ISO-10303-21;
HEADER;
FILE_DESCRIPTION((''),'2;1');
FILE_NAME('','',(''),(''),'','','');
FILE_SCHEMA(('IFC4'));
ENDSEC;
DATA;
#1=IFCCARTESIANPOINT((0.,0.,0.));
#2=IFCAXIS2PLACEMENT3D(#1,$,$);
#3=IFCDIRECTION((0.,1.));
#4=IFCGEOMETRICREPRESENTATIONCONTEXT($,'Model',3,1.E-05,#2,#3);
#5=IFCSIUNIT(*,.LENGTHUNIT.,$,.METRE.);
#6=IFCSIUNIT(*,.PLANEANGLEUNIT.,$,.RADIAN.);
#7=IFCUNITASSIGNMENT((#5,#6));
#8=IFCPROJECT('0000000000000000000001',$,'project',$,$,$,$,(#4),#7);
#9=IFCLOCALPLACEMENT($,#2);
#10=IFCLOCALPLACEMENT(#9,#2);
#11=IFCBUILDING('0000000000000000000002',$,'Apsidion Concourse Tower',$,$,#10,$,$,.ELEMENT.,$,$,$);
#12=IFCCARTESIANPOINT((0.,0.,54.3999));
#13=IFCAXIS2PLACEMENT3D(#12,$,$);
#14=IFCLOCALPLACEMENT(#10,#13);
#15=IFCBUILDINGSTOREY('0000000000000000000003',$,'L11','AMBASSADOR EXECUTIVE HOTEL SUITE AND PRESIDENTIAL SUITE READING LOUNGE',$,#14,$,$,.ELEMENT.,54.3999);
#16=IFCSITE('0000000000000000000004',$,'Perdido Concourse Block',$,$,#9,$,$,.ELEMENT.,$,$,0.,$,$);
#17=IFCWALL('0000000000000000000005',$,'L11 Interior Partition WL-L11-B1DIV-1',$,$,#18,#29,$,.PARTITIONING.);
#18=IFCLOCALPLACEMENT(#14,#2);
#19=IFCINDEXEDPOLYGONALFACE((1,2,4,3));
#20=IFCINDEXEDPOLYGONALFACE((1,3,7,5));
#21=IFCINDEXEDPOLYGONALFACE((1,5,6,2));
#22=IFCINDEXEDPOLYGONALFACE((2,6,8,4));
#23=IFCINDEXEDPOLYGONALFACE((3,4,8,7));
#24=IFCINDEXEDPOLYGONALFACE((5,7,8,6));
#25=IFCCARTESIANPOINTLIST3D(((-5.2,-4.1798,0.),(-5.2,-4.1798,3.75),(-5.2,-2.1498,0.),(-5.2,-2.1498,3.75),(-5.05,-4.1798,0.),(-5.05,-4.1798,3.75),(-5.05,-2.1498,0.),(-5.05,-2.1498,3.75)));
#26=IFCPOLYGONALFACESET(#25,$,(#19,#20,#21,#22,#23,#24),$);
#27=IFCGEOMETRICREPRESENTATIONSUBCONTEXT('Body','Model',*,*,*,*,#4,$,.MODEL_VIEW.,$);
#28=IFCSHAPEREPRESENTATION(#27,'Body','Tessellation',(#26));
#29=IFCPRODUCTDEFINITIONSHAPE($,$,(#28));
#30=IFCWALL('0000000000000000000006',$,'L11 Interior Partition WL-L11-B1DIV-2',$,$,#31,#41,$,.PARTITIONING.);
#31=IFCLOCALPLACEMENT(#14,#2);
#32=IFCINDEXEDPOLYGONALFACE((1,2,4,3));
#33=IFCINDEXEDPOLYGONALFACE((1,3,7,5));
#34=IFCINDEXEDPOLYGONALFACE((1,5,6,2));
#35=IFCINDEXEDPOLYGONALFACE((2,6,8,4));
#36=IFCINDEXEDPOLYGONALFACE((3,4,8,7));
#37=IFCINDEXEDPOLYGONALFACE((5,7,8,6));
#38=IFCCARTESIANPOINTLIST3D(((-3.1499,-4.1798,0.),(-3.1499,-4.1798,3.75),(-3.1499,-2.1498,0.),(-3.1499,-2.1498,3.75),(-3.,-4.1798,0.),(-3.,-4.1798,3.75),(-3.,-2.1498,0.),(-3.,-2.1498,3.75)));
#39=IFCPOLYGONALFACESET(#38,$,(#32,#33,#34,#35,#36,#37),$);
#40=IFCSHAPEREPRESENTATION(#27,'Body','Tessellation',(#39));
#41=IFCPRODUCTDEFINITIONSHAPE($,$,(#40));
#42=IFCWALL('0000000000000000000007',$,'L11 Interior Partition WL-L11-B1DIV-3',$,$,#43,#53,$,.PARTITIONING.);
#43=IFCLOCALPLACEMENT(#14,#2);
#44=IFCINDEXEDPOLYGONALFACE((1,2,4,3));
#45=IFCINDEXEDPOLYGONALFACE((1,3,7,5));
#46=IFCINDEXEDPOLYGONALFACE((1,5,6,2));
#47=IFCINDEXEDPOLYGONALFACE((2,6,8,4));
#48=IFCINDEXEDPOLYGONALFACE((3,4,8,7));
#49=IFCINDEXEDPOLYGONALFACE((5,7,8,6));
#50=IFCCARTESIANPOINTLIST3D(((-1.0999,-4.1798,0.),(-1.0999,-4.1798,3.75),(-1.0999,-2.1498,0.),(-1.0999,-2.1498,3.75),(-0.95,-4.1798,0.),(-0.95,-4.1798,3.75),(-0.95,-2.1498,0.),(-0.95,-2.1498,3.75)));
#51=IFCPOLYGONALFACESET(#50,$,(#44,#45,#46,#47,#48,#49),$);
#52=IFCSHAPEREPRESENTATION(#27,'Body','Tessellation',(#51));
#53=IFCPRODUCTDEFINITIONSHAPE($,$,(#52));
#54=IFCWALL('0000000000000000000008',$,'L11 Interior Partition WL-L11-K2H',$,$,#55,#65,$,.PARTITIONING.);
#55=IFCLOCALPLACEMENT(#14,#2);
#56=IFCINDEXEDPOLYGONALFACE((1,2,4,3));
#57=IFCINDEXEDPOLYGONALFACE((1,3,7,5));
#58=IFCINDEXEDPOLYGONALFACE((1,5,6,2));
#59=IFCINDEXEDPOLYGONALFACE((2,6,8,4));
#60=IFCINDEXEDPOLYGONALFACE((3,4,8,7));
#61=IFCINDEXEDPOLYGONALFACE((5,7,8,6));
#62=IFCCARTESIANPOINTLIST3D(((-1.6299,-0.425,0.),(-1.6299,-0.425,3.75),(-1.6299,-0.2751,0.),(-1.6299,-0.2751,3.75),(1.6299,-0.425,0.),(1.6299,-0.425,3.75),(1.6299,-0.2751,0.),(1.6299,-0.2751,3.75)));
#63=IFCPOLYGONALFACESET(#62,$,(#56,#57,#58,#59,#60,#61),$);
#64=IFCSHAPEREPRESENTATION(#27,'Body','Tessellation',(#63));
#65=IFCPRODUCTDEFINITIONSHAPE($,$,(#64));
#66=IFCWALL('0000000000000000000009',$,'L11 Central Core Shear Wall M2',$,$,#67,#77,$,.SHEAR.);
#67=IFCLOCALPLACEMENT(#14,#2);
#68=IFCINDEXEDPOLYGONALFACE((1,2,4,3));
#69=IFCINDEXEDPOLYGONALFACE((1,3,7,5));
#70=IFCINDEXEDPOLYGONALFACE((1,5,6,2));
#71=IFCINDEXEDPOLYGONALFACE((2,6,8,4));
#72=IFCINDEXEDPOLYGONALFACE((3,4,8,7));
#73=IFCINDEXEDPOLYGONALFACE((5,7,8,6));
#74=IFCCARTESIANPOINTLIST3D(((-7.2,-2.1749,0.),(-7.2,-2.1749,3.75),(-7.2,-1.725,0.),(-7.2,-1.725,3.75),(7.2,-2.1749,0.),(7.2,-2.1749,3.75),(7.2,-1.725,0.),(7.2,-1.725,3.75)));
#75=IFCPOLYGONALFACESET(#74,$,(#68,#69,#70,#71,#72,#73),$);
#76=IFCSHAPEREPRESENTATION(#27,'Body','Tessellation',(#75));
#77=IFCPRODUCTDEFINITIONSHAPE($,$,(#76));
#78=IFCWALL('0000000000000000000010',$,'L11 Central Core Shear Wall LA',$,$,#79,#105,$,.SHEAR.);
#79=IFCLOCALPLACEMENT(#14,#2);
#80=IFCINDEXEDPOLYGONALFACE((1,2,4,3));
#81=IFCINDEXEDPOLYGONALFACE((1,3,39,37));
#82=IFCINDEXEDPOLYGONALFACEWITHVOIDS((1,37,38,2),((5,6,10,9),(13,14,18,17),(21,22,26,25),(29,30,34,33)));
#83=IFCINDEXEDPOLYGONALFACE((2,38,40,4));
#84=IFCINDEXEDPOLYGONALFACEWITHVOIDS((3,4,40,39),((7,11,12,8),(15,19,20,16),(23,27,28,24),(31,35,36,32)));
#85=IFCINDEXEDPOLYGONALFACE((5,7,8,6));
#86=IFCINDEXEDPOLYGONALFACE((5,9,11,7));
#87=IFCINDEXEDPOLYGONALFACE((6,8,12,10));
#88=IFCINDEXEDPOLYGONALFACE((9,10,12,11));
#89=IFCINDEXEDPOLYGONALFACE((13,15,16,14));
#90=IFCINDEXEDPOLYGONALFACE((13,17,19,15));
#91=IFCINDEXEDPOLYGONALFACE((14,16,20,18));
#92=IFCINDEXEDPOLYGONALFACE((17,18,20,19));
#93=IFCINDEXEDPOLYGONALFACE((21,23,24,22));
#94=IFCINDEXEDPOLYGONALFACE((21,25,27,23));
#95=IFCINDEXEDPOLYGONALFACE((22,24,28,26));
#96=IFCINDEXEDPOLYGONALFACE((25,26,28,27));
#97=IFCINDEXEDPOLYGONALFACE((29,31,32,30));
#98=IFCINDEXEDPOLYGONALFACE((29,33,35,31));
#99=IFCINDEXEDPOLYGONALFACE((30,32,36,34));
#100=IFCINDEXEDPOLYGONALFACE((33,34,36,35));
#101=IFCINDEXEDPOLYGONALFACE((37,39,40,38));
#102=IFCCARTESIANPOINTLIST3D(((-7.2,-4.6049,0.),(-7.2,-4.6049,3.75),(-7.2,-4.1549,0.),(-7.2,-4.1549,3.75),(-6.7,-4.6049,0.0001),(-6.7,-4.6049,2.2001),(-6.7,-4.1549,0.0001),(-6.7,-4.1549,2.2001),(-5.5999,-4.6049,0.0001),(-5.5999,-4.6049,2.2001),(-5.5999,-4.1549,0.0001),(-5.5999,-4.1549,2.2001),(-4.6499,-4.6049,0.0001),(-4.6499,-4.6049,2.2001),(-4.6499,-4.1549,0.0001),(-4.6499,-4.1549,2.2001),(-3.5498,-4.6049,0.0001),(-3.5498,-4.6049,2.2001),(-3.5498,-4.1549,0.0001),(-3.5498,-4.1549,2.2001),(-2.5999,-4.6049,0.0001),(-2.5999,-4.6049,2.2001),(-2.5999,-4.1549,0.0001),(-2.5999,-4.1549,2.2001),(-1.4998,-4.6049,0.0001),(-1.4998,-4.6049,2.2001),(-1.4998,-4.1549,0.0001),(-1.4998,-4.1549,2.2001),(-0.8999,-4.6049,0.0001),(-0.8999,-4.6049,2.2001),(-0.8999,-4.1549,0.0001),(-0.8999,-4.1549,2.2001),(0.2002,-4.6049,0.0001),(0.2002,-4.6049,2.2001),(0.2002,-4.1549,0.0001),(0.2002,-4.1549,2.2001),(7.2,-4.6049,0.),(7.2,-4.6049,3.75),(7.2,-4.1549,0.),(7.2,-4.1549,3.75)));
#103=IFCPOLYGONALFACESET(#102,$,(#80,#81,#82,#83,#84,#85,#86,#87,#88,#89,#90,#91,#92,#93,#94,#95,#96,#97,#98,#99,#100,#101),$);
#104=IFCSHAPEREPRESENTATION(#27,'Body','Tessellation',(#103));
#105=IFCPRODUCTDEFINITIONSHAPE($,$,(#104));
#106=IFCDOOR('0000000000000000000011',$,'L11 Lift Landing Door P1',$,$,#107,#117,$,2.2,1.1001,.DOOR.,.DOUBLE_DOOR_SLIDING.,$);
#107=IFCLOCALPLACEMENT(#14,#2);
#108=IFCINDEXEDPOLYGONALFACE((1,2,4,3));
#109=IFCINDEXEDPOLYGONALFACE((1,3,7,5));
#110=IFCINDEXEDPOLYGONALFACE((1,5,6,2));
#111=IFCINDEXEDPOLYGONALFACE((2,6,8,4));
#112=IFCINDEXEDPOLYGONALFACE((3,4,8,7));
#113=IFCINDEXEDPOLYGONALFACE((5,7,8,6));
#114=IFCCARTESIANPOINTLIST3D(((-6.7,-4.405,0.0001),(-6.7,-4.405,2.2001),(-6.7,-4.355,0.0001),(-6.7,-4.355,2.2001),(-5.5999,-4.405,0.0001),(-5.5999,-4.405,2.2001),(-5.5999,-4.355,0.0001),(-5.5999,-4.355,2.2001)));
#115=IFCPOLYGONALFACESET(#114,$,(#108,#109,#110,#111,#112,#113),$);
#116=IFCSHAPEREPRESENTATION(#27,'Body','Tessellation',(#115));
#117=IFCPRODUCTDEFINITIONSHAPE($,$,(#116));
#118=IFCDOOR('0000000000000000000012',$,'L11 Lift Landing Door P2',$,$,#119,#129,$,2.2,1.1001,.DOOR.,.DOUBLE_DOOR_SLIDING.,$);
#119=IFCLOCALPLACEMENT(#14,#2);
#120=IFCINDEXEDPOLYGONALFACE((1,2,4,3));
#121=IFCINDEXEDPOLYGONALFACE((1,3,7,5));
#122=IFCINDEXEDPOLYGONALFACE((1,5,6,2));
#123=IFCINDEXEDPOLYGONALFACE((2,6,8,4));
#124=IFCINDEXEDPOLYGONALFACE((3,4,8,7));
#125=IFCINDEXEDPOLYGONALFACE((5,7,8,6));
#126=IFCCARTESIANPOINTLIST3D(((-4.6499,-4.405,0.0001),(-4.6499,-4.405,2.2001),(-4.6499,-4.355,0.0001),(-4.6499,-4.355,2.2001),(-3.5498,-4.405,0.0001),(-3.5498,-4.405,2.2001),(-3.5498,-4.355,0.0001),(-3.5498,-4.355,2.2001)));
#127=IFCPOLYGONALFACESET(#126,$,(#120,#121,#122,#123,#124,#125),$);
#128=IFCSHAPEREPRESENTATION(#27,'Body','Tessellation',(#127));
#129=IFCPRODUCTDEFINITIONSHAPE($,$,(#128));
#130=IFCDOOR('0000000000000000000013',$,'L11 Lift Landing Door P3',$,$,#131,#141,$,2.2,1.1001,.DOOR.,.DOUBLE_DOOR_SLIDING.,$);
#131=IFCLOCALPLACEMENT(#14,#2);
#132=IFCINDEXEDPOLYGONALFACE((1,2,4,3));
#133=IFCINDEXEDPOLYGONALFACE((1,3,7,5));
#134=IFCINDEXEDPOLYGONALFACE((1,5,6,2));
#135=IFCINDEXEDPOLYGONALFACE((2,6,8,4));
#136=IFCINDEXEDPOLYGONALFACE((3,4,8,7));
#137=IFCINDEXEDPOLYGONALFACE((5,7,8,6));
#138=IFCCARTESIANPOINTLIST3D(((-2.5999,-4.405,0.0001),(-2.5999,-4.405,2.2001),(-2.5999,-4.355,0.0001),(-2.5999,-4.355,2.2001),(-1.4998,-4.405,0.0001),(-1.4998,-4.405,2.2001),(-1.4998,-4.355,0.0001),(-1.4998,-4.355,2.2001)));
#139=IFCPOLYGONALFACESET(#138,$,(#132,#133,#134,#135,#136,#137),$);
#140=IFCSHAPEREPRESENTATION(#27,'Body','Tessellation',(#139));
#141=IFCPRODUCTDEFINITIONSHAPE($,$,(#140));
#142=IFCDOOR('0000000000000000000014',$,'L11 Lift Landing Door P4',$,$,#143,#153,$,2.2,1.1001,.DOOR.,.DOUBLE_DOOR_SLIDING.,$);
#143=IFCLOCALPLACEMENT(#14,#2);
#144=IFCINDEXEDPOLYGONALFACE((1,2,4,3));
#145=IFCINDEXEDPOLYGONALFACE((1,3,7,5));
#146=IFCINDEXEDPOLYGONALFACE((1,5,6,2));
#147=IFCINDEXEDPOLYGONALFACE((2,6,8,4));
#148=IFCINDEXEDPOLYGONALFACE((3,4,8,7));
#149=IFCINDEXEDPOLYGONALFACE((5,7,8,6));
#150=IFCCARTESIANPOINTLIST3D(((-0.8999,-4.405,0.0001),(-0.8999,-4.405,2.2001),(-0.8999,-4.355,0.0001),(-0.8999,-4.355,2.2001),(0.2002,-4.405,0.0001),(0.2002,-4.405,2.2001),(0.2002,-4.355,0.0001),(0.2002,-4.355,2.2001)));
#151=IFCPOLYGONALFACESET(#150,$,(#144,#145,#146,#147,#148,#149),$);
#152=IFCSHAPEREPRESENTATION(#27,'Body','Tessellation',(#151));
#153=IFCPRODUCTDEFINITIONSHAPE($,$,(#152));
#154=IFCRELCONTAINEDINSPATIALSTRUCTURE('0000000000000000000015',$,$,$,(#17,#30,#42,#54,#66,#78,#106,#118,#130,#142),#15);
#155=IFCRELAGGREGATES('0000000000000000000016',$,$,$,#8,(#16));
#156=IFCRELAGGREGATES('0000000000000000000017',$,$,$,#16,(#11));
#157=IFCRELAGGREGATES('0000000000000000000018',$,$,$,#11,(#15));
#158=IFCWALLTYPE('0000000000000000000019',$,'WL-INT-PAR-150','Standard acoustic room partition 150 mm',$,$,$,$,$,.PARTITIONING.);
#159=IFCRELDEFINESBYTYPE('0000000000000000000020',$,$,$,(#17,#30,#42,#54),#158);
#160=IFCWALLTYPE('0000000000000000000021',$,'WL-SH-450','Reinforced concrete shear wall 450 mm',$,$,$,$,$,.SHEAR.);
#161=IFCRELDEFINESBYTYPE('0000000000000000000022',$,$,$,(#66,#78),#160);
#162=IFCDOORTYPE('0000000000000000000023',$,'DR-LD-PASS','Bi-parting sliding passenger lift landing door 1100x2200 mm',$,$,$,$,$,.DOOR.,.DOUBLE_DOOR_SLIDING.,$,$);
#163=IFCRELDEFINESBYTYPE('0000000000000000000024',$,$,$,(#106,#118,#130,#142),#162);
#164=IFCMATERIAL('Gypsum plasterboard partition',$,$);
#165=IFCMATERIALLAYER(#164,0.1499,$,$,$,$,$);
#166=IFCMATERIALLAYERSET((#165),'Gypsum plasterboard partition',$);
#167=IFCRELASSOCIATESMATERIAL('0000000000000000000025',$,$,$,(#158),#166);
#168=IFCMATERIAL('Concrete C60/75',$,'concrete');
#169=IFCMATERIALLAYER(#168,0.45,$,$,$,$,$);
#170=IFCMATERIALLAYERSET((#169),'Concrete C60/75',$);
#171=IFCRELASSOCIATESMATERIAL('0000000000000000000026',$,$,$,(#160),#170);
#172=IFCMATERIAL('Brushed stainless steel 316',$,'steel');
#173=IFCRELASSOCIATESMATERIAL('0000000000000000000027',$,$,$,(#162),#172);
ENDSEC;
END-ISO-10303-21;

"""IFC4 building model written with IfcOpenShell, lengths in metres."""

from ifc_helpers import new_model, si_unit, direction, frame, frame_2d, origin, place, context, subcontext, project, spatial, rectangle, extrude, material, layer, layer_set, type_object, element, fill, save


model = new_model("IFC4")

# Units and contexts
model_context = context("Model", 3, precision=1e-05, world=origin(), true_north=direction((0.0, 1.0)))
body_context = subcontext(model_context, "Body", "Model", "MODEL_VIEW")
ifc_project = project(units=[si_unit("LENGTHUNIT", "METRE"), si_unit("PLANEANGLEUNIT", "RADIAN")], contexts=[model_context])

# Site, building, storey
site_placement = place(None, origin())
site = spatial("IfcSite", under=ifc_project, at=site_placement, Name="Perdido Concourse Block", CompositionType="ELEMENT", RefElevation=0.0)
building_placement = place(site_placement, origin())
building = spatial("IfcBuilding", under=site, at=building_placement, Name="Apsidion Concourse Tower", CompositionType="ELEMENT")
storey_placement = place(building_placement, frame((0.0, 0.0, 54.3999)))
storey = spatial("IfcBuildingStorey", under=building, at=storey_placement, Name="L11", Description="AMBASSADOR EXECUTIVE HOTEL SUITE AND PRESIDENTIAL SUITE READING LOUNGE", CompositionType="ELEMENT", Elevation=54.3999)

# Shared definitions
ifc_material_1 = material(Name="Concrete C60/75", Category="concrete")

# Walls
ifc_material_2 = material(Name="Gypsum plasterboard partition")
ifc_layer_1 = layer(ifc_material_2, 0.1499)
ifc_layer_set_1 = layer_set([ifc_layer_1], Name="Gypsum plasterboard partition")
wall_type_1 = type_object("IfcWallType", Name="WL-INT-PAR-150", Description="Standard acoustic room partition 150 mm", PredefinedType="PARTITIONING", material=ifc_layer_set_1)
for number, where, z_axis, x_axis, name in (
    (1, (-5.125, -4.1799, 0.0), (0.0, 0.0, 1.0), (0.0, 1.0, 0.0), "L11 Interior Partition WL-L11-B1DIV-1"),
    (2, (-3.075, -4.1799, 0.0), (0.0, 0.0, 1.0), (0.0, 1.0, 0.0), "L11 Interior Partition WL-L11-B1DIV-2"),
    (3, (-1.0249, -4.1799, 0.0), (0.0, 0.0, 1.0), (0.0, 1.0, 0.0), "L11 Interior Partition WL-L11-B1DIV-3"),
):
    element("IfcWall", number, at=place(storey_placement, frame(where, z_axis=z_axis, x_axis=x_axis)), inside=storey, type_object=wall_type_1, Name=name, PredefinedType="PARTITIONING", context=body_context, shape_type="SweptSolid", body=[
        extrude(rectangle(XDim=2.03, YDim=0.1499, at=frame_2d((1.0151, 0.0))), origin(), (0.0, 0.0, 1.0), 3.75),
    ])
wall_1_placement = place(storey_placement, frame((-1.6299, -0.3501, 0.0), z_axis=(0.0, 0.0, 1.0), x_axis=(1.0, 0.0, 0.0)))
element("IfcWall", 4, at=wall_1_placement, inside=storey, type_object=wall_type_1, Name="L11 Interior Partition WL-L11-K2H", PredefinedType="PARTITIONING", context=body_context, shape_type="SweptSolid", body=[
    extrude(rectangle(XDim=3.2598, YDim=0.1499, at=frame_2d((1.6299, 0.0))), origin(), (0.0, 0.0, 1.0), 3.75),
])

# Shared definitions
ifc_material_3 = material(Name="Brushed stainless steel 316", Category="steel")

# Shared definitions
ifc_layer_2 = layer(ifc_material_1, 0.45)
ifc_layer_set_2 = layer_set([ifc_layer_2], Name="Concrete C60/75")
wall_type_2 = type_object("IfcWallType", Name="WL-SH-450", Description="Reinforced concrete shear wall 450 mm", PredefinedType="SHEAR", material=ifc_layer_set_2)

# Wall
wall_2_placement = place(storey_placement, frame((-7.2, -1.95, 0.0), z_axis=(0.0, 0.0, 1.0), x_axis=(1.0, 0.0, 0.0)))
element("IfcWall", 5, at=wall_2_placement, inside=storey, type_object=wall_type_2, Name="L11 Central Core Shear Wall M2", PredefinedType="SHEAR", context=body_context, shape_type="SweptSolid", body=[
    extrude(rectangle(XDim=14.3999, YDim=0.45, at=frame_2d((7.2, 0.0))), origin(), (0.0, 0.0, 1.0), 3.75),
])

# Wall, openings, doors
wall_3_placement = place(storey_placement, frame((-7.2, -4.3799, 0.0), z_axis=(0.0, 0.0, 1.0), x_axis=(1.0, 0.0, 0.0)))
wall_3 = element("IfcWall", 6, at=wall_3_placement, inside=storey, type_object=wall_type_2, Name="L11 Central Core Shear Wall LA", PredefinedType="SHEAR", context=body_context, shape_type="SweptSolid", body=[
    extrude(rectangle(XDim=14.3999, YDim=0.45, at=frame_2d((7.2, 0.0))), origin(), (0.0, 0.0, 1.0), 3.75),
])
opening_1_placement = place(wall_3_placement, frame((0.5, 0.0, 0.0)))
opening_1 = element("IfcOpeningElement", 7, at=opening_1_placement, cuts=wall_3, PredefinedType="OPENING", context=body_context, shape_type="SweptSolid", body=[
    extrude(rectangle(XDim=1.1001, YDim=2.2, at=frame_2d((0.55, 1.1001))), frame((0.0, 0.2349, 0.0), z_axis=(0.0, -1.0, 0.0), x_axis=(1.0, 0.0, 0.0)), (0.0, 0.0, 1.0), 0.47),
])
opening_2_placement = place(wall_3_placement, frame((2.55, 0.0, 0.0)))
opening_2 = element("IfcOpeningElement", 8, at=opening_2_placement, cuts=wall_3, PredefinedType="OPENING", context=body_context, shape_type="SweptSolid", body=[
    extrude(rectangle(XDim=1.1001, YDim=2.2, at=frame_2d((0.55, 1.1001))), frame((0.0, 0.2349, 0.0), z_axis=(0.0, -1.0, 0.0), x_axis=(1.0, 0.0, 0.0)), (0.0, 0.0, 1.0), 0.47),
])
opening_3_placement = place(wall_3_placement, frame((4.6001, 0.0, 0.0)))
opening_3 = element("IfcOpeningElement", 9, at=opening_3_placement, cuts=wall_3, PredefinedType="OPENING", context=body_context, shape_type="SweptSolid", body=[
    extrude(rectangle(XDim=1.1001, YDim=2.2, at=frame_2d((0.55, 1.1001))), frame((0.0, 0.2349, 0.0), z_axis=(0.0, -1.0, 0.0), x_axis=(1.0, 0.0, 0.0)), (0.0, 0.0, 1.0), 0.47),
])
opening_4_placement = place(wall_3_placement, frame((6.3, 0.0, 0.0)))
opening_4 = element("IfcOpeningElement", 10, at=opening_4_placement, cuts=wall_3, PredefinedType="OPENING", context=body_context, shape_type="SweptSolid", body=[
    extrude(rectangle(XDim=1.1001, YDim=2.2, at=frame_2d((0.55, 1.1001))), frame((0.0, 0.2349, 0.0), z_axis=(0.0, -1.0, 0.0), x_axis=(1.0, 0.0, 0.0)), (0.0, 0.0, 1.0), 0.47),
])
door_type_1 = type_object("IfcDoorType", Name="DR-LD-PASS", Description="Bi-parting sliding passenger lift landing door 1100x2200 mm", OperationType="DOUBLE_DOOR_SLIDING", PredefinedType="DOOR", material=ifc_material_3)
door_1_placement = place(opening_1_placement, origin())
door_1 = element("IfcDoor", 11, at=door_1_placement, inside=storey, type_object=door_type_1, Name="L11 Lift Landing Door P1", OperationType="DOUBLE_DOOR_SLIDING", OverallHeight=2.2, OverallWidth=1.1001, PredefinedType="DOOR", context=body_context, shape_type="SweptSolid", body=[
    extrude(rectangle(XDim=1.1001, YDim=2.2, at=frame_2d((0.55, 1.1001))), frame((0.0, 0.0249, 0.0), z_axis=(0.0, -1.0, 0.0), x_axis=(1.0, 0.0, 0.0)), (0.0, 0.0, 1.0), 0.05),
])
fill(opening_1, door_1)
door_2_placement = place(opening_2_placement, origin())
door_2 = element("IfcDoor", 12, at=door_2_placement, inside=storey, type_object=door_type_1, Name="L11 Lift Landing Door P2", OperationType="DOUBLE_DOOR_SLIDING", OverallHeight=2.2, OverallWidth=1.1001, PredefinedType="DOOR", context=body_context, shape_type="SweptSolid", body=[
    extrude(rectangle(XDim=1.1001, YDim=2.2, at=frame_2d((0.55, 1.1001))), frame((0.0, 0.0249, 0.0), z_axis=(0.0, -1.0, 0.0), x_axis=(1.0, 0.0, 0.0)), (0.0, 0.0, 1.0), 0.05),
])
fill(opening_2, door_2)
door_3_placement = place(opening_3_placement, origin())
door_3 = element("IfcDoor", 13, at=door_3_placement, inside=storey, type_object=door_type_1, Name="L11 Lift Landing Door P3", OperationType="DOUBLE_DOOR_SLIDING", OverallHeight=2.2, OverallWidth=1.1001, PredefinedType="DOOR", context=body_context, shape_type="SweptSolid", body=[
    extrude(rectangle(XDim=1.1001, YDim=2.2, at=frame_2d((0.55, 1.1001))), frame((0.0, 0.0249, 0.0), z_axis=(0.0, -1.0, 0.0), x_axis=(1.0, 0.0, 0.0)), (0.0, 0.0, 1.0), 0.05),
])
fill(opening_3, door_3)
door_4_placement = place(opening_4_placement, origin())
door_4 = element("IfcDoor", 14, at=door_4_placement, inside=storey, type_object=door_type_1, Name="L11 Lift Landing Door P4", OperationType="DOUBLE_DOOR_SLIDING", OverallHeight=2.2, OverallWidth=1.1001, PredefinedType="DOOR", context=body_context, shape_type="SweptSolid", body=[
    extrude(rectangle(XDim=1.1001, YDim=2.2, at=frame_2d((0.55, 1.1001))), frame((0.0, 0.0249, 0.0), z_axis=(0.0, -1.0, 0.0), x_axis=(1.0, 0.0, 0.0)), (0.0, 0.0, 1.0), 0.05),
])
fill(opening_4, door_4)

save(model, "model.ifc")
